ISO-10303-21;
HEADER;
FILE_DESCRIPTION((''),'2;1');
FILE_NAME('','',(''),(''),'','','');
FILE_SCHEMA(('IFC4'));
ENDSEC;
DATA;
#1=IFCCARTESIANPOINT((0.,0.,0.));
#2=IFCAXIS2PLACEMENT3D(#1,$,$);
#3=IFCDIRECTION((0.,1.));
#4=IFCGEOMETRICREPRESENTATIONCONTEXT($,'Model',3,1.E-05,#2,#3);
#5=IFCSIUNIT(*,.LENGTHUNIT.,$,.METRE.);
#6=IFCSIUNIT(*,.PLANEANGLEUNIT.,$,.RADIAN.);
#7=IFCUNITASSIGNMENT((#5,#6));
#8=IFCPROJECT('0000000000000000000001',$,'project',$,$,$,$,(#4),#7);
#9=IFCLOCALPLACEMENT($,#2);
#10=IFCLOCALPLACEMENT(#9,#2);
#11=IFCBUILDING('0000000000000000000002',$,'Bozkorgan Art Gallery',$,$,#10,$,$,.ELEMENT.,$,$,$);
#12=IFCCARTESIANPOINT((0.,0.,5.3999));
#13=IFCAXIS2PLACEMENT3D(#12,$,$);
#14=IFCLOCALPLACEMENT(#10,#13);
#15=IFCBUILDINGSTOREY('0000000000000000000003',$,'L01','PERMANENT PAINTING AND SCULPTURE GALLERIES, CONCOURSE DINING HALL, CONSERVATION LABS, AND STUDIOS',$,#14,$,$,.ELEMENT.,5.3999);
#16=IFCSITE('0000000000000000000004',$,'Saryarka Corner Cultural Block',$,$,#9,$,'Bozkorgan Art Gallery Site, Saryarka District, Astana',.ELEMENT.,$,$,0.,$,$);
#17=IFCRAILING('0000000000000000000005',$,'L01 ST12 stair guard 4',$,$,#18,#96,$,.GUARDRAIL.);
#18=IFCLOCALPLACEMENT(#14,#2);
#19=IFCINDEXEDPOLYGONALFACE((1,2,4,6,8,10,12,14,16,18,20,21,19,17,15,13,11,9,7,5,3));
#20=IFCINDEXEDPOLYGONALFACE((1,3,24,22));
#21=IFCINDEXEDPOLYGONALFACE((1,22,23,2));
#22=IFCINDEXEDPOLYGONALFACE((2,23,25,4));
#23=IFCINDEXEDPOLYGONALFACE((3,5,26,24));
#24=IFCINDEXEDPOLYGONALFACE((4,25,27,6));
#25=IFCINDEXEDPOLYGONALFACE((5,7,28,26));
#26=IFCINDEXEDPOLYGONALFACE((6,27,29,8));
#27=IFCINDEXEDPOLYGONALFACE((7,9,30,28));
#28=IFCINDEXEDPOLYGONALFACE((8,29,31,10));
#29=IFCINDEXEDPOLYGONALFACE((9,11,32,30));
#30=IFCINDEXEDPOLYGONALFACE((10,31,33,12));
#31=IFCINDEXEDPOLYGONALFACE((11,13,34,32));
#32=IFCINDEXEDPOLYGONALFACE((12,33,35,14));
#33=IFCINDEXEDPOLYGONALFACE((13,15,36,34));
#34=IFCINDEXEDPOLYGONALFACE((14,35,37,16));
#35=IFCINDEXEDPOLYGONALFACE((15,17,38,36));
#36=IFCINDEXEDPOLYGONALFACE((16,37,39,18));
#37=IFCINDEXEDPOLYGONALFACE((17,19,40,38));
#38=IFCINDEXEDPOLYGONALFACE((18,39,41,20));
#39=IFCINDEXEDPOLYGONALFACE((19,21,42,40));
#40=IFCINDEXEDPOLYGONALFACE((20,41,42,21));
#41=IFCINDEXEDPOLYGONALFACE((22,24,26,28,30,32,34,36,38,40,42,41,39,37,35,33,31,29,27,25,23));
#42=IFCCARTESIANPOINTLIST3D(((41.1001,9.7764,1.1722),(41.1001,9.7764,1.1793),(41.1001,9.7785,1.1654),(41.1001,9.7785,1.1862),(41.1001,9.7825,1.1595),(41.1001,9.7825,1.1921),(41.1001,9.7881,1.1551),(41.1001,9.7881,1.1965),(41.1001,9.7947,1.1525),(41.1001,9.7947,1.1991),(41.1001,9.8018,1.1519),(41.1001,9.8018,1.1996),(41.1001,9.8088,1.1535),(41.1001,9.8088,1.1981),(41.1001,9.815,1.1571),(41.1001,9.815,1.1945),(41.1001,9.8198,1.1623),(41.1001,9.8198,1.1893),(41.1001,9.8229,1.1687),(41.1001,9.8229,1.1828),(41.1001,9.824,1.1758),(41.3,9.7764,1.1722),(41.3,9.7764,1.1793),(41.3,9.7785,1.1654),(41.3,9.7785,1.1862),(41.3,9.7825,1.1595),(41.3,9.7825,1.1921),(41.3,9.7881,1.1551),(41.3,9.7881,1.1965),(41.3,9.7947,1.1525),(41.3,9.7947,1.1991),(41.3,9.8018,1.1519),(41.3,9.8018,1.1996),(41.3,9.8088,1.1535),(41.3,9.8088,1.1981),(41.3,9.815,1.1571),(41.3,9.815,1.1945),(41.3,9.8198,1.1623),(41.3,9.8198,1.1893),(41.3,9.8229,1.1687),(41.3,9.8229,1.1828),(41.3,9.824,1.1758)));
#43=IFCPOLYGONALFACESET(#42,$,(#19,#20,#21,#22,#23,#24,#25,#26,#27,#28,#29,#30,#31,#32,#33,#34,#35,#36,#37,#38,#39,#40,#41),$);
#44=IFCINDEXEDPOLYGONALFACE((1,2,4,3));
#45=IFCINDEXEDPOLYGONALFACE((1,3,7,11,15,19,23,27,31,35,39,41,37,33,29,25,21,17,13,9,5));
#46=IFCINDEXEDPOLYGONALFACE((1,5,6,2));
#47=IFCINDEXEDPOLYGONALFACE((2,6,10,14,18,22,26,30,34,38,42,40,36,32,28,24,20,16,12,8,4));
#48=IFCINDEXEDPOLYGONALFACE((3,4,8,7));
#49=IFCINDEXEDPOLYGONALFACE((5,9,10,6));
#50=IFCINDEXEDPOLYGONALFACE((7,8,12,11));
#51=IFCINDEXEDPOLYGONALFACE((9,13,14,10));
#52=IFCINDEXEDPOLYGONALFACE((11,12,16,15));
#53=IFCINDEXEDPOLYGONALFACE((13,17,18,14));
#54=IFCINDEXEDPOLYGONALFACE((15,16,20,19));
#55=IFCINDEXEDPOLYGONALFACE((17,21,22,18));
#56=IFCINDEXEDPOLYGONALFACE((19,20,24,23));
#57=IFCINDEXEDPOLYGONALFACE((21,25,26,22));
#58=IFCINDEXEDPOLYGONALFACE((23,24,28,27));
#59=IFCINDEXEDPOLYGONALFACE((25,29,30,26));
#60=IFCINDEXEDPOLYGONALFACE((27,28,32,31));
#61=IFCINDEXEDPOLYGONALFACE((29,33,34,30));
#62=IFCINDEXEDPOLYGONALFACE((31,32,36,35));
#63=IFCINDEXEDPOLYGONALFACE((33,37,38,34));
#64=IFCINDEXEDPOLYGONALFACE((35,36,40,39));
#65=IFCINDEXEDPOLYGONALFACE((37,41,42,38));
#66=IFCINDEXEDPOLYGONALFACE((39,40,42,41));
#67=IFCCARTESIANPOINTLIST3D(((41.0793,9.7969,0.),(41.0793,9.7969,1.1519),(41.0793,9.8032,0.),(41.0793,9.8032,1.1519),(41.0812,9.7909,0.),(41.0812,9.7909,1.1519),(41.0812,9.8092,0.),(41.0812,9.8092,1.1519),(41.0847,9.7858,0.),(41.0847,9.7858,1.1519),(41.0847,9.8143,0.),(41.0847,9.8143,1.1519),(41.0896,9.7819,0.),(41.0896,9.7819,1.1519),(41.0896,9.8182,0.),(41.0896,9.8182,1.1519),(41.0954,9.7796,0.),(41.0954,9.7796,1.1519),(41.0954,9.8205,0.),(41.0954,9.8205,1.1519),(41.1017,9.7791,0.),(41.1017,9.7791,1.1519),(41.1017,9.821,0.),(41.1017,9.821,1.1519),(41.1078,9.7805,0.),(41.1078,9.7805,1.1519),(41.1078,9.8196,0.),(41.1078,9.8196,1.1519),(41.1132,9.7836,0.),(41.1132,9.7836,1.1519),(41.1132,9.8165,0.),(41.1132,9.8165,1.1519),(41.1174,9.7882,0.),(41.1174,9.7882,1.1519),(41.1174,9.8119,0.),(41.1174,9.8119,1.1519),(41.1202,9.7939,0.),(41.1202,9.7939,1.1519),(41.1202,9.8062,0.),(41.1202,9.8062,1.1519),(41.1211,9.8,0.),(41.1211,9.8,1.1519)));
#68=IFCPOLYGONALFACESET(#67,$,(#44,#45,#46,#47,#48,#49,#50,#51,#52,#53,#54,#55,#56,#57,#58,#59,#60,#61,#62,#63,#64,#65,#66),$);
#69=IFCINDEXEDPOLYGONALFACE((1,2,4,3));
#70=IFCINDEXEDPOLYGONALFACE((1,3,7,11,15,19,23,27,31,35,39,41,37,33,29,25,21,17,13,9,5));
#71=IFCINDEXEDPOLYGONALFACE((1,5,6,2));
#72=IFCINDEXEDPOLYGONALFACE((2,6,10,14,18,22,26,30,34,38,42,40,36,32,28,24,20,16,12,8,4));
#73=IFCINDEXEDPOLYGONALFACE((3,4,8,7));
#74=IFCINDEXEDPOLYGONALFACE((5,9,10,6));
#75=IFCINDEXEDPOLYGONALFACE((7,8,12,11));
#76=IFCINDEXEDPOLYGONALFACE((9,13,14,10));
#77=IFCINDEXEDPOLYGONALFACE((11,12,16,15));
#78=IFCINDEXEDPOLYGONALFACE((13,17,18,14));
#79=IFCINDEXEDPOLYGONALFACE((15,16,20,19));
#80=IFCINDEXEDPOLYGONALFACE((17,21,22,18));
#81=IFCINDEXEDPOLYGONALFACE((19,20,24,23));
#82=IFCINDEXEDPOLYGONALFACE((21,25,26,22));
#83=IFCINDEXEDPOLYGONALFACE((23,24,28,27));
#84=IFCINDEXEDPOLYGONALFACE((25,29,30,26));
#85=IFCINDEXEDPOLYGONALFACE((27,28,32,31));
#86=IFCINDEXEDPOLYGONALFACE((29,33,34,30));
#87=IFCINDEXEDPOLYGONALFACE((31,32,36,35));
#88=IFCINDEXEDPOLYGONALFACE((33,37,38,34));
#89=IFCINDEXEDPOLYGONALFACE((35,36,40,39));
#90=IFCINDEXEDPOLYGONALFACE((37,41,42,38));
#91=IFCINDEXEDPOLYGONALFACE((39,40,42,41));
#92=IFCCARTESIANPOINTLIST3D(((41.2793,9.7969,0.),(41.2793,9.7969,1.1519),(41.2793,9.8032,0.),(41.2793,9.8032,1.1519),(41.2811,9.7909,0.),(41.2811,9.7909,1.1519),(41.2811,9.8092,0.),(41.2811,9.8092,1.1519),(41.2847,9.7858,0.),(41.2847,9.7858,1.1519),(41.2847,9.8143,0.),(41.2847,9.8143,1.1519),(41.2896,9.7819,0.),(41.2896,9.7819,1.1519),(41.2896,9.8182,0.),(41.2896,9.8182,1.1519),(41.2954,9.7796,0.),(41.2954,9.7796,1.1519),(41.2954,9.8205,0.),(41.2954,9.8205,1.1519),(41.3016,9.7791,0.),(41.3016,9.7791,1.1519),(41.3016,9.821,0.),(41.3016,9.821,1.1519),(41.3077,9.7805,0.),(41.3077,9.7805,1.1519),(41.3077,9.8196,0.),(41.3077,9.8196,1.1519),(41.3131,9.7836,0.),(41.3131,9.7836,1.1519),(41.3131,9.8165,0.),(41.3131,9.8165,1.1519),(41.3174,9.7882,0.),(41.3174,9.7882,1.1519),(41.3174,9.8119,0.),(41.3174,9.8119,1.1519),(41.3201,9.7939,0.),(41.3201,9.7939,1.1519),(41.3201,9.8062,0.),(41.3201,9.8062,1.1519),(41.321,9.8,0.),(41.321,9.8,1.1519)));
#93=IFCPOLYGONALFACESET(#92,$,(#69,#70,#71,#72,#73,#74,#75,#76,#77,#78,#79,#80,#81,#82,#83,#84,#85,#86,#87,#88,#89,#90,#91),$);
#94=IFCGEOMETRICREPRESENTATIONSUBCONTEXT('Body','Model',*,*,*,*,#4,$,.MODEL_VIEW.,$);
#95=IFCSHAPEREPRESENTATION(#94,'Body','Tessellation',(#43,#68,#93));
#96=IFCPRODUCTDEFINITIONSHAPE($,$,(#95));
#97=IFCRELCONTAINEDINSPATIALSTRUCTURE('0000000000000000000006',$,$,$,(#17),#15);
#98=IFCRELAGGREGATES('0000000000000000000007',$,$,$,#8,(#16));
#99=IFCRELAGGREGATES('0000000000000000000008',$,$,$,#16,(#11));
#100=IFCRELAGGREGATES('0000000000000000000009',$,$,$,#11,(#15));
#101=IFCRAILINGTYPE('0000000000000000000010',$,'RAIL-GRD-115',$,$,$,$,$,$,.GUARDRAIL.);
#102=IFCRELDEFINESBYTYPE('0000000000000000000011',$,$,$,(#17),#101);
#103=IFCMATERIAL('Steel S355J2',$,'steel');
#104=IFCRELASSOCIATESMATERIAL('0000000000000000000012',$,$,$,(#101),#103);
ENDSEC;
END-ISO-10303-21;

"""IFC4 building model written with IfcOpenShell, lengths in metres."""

from ifc_helpers import new_model, si_unit, direction, frame, origin, origin_2d, place, context, subcontext, project, spatial, circle, extrude, material, type_object, element, save


model = new_model("IFC4")

# Units and contexts
model_context = context("Model", 3, precision=1e-05, world=origin(), true_north=direction((0.0, 1.0)))
body_context = subcontext(model_context, "Body", "Model", "MODEL_VIEW")
ifc_project = project(units=[si_unit("LENGTHUNIT", "METRE"), si_unit("PLANEANGLEUNIT", "RADIAN")], contexts=[model_context])

# Site, building, storey
site_placement = place(None, origin())
site = spatial("IfcSite", under=ifc_project, at=site_placement, Name="Saryarka Corner Cultural Block", LongName="Bozkorgan Art Gallery Site, Saryarka District, Astana", CompositionType="ELEMENT", RefElevation=0.0)
building_placement = place(site_placement, origin())
building = spatial("IfcBuilding", under=site, at=building_placement, Name="Bozkorgan Art Gallery", CompositionType="ELEMENT")
storey_placement = place(building_placement, frame((0.0, 0.0, 5.3999)))
storey = spatial("IfcBuildingStorey", under=building, at=storey_placement, Name="L01", Description="PERMANENT PAINTING AND SCULPTURE GALLERIES, CONCOURSE DINING HALL, CONSERVATION LABS, AND STUDIOS", CompositionType="ELEMENT", Elevation=5.3999)

# Shared definitions
ifc_material_1 = material(Name="Steel S355J2", Category="steel")

# Railing
railing_type_1 = type_object("IfcRailingType", Name="RAIL-GRD-115", PredefinedType="GUARDRAIL", material=ifc_material_1)
railing_1_placement = place(storey_placement, frame((41.1001, 9.8, 0.0)))
element("IfcRailing", 1, at=railing_1_placement, inside=storey, type_object=railing_type_1, Name="L01 ST12 stair guard 4", PredefinedType="GUARDRAIL", context=body_context, shape_type="SweptSolid", body=[
    extrude(circle(Radius=0.0239, at=origin_2d()), frame((0.0, 0.0, 1.1758), z_axis=(1.0, 0.0, 0.0), x_axis=(0.0, 1.0, 0.0)), (0.0, 0.0, 1.0), 0.2),
    extrude(circle(Radius=0.021, at=origin_2d()), origin(), (0.0, 0.0, 1.0), 1.1519),
    extrude(circle(Radius=0.021, at=origin_2d()), frame((0.2, 0.0, 0.0)), (0.0, 0.0, 1.0), 1.1519),
])

save(model, "model.ifc")
